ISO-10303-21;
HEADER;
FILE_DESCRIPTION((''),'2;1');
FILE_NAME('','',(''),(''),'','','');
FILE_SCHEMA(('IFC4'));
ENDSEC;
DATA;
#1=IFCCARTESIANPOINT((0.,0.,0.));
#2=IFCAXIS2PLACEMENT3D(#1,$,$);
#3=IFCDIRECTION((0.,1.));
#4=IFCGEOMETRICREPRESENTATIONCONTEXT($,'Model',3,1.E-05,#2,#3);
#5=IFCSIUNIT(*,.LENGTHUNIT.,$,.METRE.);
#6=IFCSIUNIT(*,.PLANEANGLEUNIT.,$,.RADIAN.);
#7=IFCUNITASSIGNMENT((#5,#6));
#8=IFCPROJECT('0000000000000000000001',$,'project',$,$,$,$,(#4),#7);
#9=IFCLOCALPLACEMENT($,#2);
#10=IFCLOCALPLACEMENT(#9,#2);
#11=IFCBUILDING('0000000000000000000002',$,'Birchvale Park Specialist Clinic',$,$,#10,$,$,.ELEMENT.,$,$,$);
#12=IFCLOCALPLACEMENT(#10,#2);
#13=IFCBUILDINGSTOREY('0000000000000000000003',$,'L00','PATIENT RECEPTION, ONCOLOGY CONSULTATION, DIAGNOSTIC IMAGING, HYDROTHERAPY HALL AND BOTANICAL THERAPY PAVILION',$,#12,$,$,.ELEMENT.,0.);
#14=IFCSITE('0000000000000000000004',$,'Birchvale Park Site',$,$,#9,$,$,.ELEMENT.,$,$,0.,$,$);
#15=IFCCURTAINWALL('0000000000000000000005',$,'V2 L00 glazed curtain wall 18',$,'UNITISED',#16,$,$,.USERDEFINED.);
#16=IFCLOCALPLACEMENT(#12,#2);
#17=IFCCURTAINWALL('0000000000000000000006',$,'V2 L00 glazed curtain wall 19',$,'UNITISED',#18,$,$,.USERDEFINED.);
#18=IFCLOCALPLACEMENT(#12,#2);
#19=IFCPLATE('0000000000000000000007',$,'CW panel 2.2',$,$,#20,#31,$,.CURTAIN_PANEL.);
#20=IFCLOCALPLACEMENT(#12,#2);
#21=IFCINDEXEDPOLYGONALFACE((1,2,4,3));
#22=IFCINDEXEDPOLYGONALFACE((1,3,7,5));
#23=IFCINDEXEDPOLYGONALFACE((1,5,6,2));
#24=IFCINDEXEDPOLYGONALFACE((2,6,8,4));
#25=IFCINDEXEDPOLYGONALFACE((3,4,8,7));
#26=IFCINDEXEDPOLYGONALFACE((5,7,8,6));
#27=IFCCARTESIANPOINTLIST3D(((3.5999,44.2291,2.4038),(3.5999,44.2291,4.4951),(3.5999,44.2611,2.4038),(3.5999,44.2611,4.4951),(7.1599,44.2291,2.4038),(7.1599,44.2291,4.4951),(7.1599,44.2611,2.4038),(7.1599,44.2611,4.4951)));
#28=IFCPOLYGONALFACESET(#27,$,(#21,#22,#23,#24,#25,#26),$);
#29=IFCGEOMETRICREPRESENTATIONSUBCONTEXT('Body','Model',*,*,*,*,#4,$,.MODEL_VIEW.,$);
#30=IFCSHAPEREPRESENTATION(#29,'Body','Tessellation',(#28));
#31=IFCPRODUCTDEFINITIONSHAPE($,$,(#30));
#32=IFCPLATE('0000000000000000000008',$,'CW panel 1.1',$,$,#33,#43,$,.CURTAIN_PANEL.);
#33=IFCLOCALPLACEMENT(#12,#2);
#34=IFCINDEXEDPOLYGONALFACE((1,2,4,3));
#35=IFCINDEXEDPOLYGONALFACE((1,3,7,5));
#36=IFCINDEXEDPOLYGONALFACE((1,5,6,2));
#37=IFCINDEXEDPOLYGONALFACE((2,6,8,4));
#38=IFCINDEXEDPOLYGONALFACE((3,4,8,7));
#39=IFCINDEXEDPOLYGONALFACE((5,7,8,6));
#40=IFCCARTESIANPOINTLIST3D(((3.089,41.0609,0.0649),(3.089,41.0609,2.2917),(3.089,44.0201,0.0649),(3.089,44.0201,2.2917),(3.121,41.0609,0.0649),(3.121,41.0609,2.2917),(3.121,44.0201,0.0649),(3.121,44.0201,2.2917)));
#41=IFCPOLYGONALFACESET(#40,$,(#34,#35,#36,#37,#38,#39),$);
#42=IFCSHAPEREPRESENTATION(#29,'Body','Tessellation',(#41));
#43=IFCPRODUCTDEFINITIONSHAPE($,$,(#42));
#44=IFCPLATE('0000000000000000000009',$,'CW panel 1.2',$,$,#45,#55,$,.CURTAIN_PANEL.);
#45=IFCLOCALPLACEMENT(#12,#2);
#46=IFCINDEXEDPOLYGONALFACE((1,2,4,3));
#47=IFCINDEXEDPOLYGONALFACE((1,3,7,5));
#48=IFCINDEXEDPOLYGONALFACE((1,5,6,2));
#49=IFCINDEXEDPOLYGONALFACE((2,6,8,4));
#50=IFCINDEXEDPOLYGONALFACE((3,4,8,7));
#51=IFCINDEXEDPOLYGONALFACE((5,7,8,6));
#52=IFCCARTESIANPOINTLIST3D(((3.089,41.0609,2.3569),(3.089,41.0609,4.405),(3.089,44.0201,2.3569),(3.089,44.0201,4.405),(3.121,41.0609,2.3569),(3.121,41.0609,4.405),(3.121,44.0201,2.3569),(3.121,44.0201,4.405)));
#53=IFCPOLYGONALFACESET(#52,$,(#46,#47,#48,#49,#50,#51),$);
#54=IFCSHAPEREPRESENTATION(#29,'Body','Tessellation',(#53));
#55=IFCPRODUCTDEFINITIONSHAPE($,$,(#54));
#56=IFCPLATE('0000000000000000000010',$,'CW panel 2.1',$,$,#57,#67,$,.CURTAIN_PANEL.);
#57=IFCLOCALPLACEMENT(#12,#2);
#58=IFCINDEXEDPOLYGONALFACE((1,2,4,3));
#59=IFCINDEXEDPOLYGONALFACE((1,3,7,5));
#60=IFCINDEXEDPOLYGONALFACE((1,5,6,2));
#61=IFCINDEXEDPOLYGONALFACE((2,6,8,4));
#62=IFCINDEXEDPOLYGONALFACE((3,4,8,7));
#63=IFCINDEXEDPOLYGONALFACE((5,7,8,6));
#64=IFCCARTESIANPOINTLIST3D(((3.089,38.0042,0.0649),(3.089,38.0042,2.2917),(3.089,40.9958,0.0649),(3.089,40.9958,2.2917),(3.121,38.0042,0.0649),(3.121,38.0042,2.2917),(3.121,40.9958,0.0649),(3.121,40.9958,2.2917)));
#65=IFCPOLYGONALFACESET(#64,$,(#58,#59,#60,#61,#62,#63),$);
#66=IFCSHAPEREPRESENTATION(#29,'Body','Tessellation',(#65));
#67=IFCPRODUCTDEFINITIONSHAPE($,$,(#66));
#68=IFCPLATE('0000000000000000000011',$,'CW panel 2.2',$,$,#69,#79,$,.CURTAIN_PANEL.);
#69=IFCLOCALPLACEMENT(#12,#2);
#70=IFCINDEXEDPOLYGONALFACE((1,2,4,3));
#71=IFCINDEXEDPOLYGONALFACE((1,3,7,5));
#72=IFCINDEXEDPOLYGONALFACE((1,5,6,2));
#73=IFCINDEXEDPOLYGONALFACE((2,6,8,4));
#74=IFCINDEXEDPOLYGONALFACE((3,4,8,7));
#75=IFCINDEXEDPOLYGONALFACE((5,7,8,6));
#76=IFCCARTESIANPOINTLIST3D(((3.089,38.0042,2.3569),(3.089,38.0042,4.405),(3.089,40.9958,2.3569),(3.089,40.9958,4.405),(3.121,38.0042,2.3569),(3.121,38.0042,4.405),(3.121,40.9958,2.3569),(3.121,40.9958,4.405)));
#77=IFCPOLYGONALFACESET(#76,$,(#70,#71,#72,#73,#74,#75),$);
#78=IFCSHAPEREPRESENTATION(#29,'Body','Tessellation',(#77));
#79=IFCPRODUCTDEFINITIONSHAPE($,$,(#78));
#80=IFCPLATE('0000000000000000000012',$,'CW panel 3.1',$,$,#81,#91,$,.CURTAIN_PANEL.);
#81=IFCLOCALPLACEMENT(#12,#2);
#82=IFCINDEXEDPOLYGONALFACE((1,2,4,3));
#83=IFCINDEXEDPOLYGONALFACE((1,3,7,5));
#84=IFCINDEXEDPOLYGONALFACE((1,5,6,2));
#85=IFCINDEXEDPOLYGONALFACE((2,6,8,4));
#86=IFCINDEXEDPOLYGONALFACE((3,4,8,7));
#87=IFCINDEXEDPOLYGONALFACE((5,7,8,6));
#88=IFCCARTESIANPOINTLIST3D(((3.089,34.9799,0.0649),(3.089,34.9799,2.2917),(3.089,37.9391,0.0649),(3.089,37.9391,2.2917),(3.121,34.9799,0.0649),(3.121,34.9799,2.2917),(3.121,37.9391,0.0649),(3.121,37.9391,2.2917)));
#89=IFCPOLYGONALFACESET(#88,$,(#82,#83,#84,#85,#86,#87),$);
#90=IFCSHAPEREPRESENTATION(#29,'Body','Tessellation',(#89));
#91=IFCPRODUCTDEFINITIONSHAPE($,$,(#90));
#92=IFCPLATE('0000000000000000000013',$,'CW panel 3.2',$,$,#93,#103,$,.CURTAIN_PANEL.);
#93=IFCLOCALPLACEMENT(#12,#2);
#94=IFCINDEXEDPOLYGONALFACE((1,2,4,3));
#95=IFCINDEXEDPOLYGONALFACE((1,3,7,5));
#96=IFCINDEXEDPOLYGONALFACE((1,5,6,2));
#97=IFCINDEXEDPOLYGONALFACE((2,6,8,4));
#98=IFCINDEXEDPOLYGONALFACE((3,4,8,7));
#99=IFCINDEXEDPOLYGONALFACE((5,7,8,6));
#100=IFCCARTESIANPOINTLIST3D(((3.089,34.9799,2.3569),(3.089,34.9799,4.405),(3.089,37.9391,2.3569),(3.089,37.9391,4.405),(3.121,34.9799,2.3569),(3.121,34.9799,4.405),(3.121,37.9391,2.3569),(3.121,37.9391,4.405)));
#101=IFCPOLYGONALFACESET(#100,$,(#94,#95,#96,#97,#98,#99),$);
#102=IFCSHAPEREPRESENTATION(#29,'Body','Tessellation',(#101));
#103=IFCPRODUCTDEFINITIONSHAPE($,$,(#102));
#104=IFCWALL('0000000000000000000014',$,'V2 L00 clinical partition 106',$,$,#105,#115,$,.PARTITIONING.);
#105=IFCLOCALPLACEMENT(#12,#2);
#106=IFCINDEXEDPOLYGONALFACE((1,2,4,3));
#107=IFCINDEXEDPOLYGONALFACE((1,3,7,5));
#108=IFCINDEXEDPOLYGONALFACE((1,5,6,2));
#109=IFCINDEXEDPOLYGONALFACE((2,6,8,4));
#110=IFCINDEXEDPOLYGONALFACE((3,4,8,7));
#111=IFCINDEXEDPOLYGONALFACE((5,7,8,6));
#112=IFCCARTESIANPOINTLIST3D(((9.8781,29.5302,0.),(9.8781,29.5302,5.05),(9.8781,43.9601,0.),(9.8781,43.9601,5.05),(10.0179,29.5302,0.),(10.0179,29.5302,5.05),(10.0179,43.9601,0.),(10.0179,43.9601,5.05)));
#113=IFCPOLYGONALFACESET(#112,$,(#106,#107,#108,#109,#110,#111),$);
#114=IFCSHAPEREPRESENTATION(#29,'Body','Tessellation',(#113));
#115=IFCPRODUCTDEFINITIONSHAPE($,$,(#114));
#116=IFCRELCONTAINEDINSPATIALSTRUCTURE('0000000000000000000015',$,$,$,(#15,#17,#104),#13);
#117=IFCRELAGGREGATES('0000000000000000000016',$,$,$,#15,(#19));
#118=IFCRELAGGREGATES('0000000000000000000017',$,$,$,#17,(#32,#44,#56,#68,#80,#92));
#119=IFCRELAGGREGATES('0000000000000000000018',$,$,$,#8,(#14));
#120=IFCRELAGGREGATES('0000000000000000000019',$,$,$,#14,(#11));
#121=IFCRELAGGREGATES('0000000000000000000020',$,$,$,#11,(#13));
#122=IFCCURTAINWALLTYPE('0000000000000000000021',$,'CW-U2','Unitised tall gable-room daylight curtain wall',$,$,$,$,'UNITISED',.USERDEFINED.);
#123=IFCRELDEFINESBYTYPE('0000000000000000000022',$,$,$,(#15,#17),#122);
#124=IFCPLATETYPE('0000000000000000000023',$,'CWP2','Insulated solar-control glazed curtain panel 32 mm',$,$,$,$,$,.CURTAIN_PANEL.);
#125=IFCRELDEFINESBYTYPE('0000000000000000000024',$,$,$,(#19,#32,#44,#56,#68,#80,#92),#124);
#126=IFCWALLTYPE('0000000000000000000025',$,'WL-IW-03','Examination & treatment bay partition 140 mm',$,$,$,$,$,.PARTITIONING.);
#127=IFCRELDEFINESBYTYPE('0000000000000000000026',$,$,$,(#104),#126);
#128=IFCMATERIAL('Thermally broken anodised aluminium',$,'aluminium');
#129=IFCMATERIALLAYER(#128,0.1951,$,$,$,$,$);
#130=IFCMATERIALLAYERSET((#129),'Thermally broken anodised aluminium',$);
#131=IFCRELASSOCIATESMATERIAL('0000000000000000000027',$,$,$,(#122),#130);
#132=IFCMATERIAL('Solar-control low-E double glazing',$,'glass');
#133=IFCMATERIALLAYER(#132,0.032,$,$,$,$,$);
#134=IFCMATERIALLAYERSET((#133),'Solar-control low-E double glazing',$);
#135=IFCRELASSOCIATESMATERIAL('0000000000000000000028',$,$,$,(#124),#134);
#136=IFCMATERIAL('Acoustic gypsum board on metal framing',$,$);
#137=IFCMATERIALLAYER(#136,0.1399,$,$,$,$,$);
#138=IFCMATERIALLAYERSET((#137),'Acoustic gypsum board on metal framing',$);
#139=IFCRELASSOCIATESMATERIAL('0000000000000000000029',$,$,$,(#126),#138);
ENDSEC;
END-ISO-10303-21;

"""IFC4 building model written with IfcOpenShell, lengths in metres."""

from ifc_helpers import new_model, si_unit, direction, frame, frame_2d, origin, origin_2d, place, context, subcontext, project, spatial, rectangle, extrude, material, layer, layer_set, type_object, element, aggregate, save


model = new_model("IFC4")

# Units and contexts
model_context = context("Model", 3, precision=1e-05, world=origin(), true_north=direction((0.0, 1.0)))
body_context = subcontext(model_context, "Body", "Model", "MODEL_VIEW")
ifc_project = project(units=[si_unit("LENGTHUNIT", "METRE"), si_unit("PLANEANGLEUNIT", "RADIAN")], contexts=[model_context])

# Site, building, storey
site_placement = place(None, origin())
site = spatial("IfcSite", under=ifc_project, at=site_placement, Name="Birchvale Park Site", CompositionType="ELEMENT", RefElevation=0.0)
building_placement = place(site_placement, origin())
building = spatial("IfcBuilding", under=site, at=building_placement, Name="Birchvale Park Specialist Clinic", CompositionType="ELEMENT")
storey_placement = place(building_placement, origin())
storey = spatial("IfcBuildingStorey", under=building, at=storey_placement, Name="L00", Description="PATIENT RECEPTION, ONCOLOGY CONSULTATION, DIAGNOSTIC IMAGING, HYDROTHERAPY HALL AND BOTANICAL THERAPY PAVILION", CompositionType="ELEMENT", Elevation=0.0)

# Shared definitions
ifc_material_1 = material(Name="Thermally broken anodised aluminium", Category="aluminium")
ifc_layer_1 = layer(ifc_material_1, 0.1951)
ifc_layer_set_1 = layer_set([ifc_layer_1], Name="Thermally broken anodised aluminium")
curtain_wall_type = type_object("IfcCurtainWallType", Name="CW-U2", Description="Unitised tall gable-room daylight curtain wall", ElementType="UNITISED", PredefinedType="USERDEFINED", material=ifc_layer_set_1)

# Curtain walls
curtain_wall_1_placement = place(storey_placement, origin())
curtain_wall_1 = element("IfcCurtainWall", 1, at=curtain_wall_1_placement, inside=storey, type_object=curtain_wall_type, Name="V2 L00 glazed curtain wall 18", ObjectType="UNITISED", PredefinedType="USERDEFINED")
curtain_wall_2_placement = place(storey_placement, origin())
curtain_wall_2 = element("IfcCurtainWall", 2, at=curtain_wall_2_placement, inside=storey, type_object=curtain_wall_type, Name="V2 L00 glazed curtain wall 19", ObjectType="UNITISED", PredefinedType="USERDEFINED")

# Plates
ifc_material_2 = material(Name="Solar-control low-E double glazing", Category="glass")
ifc_layer_2 = layer(ifc_material_2, 0.032)
ifc_layer_set_2 = layer_set([ifc_layer_2], Name="Solar-control low-E double glazing")
plate_type = type_object("IfcPlateType", Name="CWP2", Description="Insulated solar-control glazed curtain panel 32 mm", PredefinedType="CURTAIN_PANEL", material=ifc_layer_set_2)
plate_1_placement = place(storey_placement, frame((5.3799, 44.2451, 2.4038), z_axis=(0.0, 0.0, 1.0), x_axis=(-1.0, 0.0, 0.0)))
plate_1 = element("IfcPlate", 3, at=plate_1_placement, type_object=plate_type, Name="CW panel 2.2", PredefinedType="CURTAIN_PANEL", context=body_context, shape_type="SweptSolid", body=[
    extrude(rectangle(XDim=3.5601, YDim=0.032, at=origin_2d()), origin(), (0.0, 0.0, 1.0), 2.0913),
])
aggregate(curtain_wall_1, [plate_1])
plate_2_placement = place(storey_placement, frame((3.105, 42.5405, 0.0649), z_axis=(0.0, 0.0, 1.0), x_axis=(0.0, -1.0, 0.0)))
plate_2 = element("IfcPlate", 4, at=plate_2_placement, type_object=plate_type, Name="CW panel 1.1", PredefinedType="CURTAIN_PANEL", context=body_context, shape_type="SweptSolid", body=[
    extrude(rectangle(XDim=2.9592, YDim=0.032, at=origin_2d()), origin(), (0.0, 0.0, 1.0), 2.2268),
])
plate_3_placement = place(storey_placement, frame((3.105, 42.5405, 2.3569), z_axis=(0.0, 0.0, 1.0), x_axis=(0.0, -1.0, 0.0)))
plate_3 = element("IfcPlate", 5, at=plate_3_placement, type_object=plate_type, Name="CW panel 1.2", PredefinedType="CURTAIN_PANEL", context=body_context, shape_type="SweptSolid", body=[
    extrude(rectangle(XDim=2.9592, YDim=0.032, at=origin_2d()), origin(), (0.0, 0.0, 1.0), 2.0481),
])
plate_4_placement = place(storey_placement, frame((3.105, 39.5, 0.0649), z_axis=(0.0, 0.0, 1.0), x_axis=(0.0, -1.0, 0.0)))
plate_4 = element("IfcPlate", 6, at=plate_4_placement, type_object=plate_type, Name="CW panel 2.1", PredefinedType="CURTAIN_PANEL", context=body_context, shape_type="SweptSolid", body=[
    extrude(rectangle(XDim=2.9917, YDim=0.032, at=origin_2d()), origin(), (0.0, 0.0, 1.0), 2.2268),
])
plate_5_placement = place(storey_placement, frame((3.105, 39.5, 2.3569), z_axis=(0.0, 0.0, 1.0), x_axis=(0.0, -1.0, 0.0)))
plate_5 = element("IfcPlate", 7, at=plate_5_placement, type_object=plate_type, Name="CW panel 2.2", PredefinedType="CURTAIN_PANEL", context=body_context, shape_type="SweptSolid", body=[
    extrude(rectangle(XDim=2.9917, YDim=0.032, at=origin_2d()), origin(), (0.0, 0.0, 1.0), 2.0481),
])
plate_6_placement = place(storey_placement, frame((3.105, 36.4595, 0.0649), z_axis=(0.0, 0.0, 1.0), x_axis=(0.0, -1.0, 0.0)))
plate_6 = element("IfcPlate", 8, at=plate_6_placement, type_object=plate_type, Name="CW panel 3.1", PredefinedType="CURTAIN_PANEL", context=body_context, shape_type="SweptSolid", body=[
    extrude(rectangle(XDim=2.9592, YDim=0.032, at=origin_2d()), origin(), (0.0, 0.0, 1.0), 2.2268),
])
plate_7_placement = place(storey_placement, frame((3.105, 36.4595, 2.3569), z_axis=(0.0, 0.0, 1.0), x_axis=(0.0, -1.0, 0.0)))
plate_7 = element("IfcPlate", 9, at=plate_7_placement, type_object=plate_type, Name="CW panel 3.2", PredefinedType="CURTAIN_PANEL", context=body_context, shape_type="SweptSolid", body=[
    extrude(rectangle(XDim=2.9592, YDim=0.032, at=origin_2d()), origin(), (0.0, 0.0, 1.0), 2.0481),
])
aggregate(curtain_wall_2, [plate_2, plate_3, plate_4, plate_5, plate_6, plate_7])

# Wall
ifc_material_3 = material(Name="Acoustic gypsum board on metal framing")
ifc_layer_3 = layer(ifc_material_3, 0.1399)
ifc_layer_set_3 = layer_set([ifc_layer_3], Name="Acoustic gypsum board on metal framing")
wall_type = type_object("IfcWallType", Name="WL-IW-03", Description="Examination & treatment bay partition 140 mm", PredefinedType="PARTITIONING", material=ifc_layer_set_3)
wall_placement = place(storey_placement, frame((9.948, 43.96, 0.0), z_axis=(0.0, 0.0, 1.0), x_axis=(0.0, -1.0, 0.0)))
element("IfcWall", 10, at=wall_placement, inside=storey, type_object=wall_type, Name="V2 L00 clinical partition 106", PredefinedType="PARTITIONING", context=body_context, shape_type="SweptSolid", body=[
    extrude(rectangle(XDim=14.4299, YDim=0.1399, at=frame_2d((7.2148, 0.0))), origin(), (0.0, 0.0, 1.0), 5.05),
])

save(model, "model.ifc")
